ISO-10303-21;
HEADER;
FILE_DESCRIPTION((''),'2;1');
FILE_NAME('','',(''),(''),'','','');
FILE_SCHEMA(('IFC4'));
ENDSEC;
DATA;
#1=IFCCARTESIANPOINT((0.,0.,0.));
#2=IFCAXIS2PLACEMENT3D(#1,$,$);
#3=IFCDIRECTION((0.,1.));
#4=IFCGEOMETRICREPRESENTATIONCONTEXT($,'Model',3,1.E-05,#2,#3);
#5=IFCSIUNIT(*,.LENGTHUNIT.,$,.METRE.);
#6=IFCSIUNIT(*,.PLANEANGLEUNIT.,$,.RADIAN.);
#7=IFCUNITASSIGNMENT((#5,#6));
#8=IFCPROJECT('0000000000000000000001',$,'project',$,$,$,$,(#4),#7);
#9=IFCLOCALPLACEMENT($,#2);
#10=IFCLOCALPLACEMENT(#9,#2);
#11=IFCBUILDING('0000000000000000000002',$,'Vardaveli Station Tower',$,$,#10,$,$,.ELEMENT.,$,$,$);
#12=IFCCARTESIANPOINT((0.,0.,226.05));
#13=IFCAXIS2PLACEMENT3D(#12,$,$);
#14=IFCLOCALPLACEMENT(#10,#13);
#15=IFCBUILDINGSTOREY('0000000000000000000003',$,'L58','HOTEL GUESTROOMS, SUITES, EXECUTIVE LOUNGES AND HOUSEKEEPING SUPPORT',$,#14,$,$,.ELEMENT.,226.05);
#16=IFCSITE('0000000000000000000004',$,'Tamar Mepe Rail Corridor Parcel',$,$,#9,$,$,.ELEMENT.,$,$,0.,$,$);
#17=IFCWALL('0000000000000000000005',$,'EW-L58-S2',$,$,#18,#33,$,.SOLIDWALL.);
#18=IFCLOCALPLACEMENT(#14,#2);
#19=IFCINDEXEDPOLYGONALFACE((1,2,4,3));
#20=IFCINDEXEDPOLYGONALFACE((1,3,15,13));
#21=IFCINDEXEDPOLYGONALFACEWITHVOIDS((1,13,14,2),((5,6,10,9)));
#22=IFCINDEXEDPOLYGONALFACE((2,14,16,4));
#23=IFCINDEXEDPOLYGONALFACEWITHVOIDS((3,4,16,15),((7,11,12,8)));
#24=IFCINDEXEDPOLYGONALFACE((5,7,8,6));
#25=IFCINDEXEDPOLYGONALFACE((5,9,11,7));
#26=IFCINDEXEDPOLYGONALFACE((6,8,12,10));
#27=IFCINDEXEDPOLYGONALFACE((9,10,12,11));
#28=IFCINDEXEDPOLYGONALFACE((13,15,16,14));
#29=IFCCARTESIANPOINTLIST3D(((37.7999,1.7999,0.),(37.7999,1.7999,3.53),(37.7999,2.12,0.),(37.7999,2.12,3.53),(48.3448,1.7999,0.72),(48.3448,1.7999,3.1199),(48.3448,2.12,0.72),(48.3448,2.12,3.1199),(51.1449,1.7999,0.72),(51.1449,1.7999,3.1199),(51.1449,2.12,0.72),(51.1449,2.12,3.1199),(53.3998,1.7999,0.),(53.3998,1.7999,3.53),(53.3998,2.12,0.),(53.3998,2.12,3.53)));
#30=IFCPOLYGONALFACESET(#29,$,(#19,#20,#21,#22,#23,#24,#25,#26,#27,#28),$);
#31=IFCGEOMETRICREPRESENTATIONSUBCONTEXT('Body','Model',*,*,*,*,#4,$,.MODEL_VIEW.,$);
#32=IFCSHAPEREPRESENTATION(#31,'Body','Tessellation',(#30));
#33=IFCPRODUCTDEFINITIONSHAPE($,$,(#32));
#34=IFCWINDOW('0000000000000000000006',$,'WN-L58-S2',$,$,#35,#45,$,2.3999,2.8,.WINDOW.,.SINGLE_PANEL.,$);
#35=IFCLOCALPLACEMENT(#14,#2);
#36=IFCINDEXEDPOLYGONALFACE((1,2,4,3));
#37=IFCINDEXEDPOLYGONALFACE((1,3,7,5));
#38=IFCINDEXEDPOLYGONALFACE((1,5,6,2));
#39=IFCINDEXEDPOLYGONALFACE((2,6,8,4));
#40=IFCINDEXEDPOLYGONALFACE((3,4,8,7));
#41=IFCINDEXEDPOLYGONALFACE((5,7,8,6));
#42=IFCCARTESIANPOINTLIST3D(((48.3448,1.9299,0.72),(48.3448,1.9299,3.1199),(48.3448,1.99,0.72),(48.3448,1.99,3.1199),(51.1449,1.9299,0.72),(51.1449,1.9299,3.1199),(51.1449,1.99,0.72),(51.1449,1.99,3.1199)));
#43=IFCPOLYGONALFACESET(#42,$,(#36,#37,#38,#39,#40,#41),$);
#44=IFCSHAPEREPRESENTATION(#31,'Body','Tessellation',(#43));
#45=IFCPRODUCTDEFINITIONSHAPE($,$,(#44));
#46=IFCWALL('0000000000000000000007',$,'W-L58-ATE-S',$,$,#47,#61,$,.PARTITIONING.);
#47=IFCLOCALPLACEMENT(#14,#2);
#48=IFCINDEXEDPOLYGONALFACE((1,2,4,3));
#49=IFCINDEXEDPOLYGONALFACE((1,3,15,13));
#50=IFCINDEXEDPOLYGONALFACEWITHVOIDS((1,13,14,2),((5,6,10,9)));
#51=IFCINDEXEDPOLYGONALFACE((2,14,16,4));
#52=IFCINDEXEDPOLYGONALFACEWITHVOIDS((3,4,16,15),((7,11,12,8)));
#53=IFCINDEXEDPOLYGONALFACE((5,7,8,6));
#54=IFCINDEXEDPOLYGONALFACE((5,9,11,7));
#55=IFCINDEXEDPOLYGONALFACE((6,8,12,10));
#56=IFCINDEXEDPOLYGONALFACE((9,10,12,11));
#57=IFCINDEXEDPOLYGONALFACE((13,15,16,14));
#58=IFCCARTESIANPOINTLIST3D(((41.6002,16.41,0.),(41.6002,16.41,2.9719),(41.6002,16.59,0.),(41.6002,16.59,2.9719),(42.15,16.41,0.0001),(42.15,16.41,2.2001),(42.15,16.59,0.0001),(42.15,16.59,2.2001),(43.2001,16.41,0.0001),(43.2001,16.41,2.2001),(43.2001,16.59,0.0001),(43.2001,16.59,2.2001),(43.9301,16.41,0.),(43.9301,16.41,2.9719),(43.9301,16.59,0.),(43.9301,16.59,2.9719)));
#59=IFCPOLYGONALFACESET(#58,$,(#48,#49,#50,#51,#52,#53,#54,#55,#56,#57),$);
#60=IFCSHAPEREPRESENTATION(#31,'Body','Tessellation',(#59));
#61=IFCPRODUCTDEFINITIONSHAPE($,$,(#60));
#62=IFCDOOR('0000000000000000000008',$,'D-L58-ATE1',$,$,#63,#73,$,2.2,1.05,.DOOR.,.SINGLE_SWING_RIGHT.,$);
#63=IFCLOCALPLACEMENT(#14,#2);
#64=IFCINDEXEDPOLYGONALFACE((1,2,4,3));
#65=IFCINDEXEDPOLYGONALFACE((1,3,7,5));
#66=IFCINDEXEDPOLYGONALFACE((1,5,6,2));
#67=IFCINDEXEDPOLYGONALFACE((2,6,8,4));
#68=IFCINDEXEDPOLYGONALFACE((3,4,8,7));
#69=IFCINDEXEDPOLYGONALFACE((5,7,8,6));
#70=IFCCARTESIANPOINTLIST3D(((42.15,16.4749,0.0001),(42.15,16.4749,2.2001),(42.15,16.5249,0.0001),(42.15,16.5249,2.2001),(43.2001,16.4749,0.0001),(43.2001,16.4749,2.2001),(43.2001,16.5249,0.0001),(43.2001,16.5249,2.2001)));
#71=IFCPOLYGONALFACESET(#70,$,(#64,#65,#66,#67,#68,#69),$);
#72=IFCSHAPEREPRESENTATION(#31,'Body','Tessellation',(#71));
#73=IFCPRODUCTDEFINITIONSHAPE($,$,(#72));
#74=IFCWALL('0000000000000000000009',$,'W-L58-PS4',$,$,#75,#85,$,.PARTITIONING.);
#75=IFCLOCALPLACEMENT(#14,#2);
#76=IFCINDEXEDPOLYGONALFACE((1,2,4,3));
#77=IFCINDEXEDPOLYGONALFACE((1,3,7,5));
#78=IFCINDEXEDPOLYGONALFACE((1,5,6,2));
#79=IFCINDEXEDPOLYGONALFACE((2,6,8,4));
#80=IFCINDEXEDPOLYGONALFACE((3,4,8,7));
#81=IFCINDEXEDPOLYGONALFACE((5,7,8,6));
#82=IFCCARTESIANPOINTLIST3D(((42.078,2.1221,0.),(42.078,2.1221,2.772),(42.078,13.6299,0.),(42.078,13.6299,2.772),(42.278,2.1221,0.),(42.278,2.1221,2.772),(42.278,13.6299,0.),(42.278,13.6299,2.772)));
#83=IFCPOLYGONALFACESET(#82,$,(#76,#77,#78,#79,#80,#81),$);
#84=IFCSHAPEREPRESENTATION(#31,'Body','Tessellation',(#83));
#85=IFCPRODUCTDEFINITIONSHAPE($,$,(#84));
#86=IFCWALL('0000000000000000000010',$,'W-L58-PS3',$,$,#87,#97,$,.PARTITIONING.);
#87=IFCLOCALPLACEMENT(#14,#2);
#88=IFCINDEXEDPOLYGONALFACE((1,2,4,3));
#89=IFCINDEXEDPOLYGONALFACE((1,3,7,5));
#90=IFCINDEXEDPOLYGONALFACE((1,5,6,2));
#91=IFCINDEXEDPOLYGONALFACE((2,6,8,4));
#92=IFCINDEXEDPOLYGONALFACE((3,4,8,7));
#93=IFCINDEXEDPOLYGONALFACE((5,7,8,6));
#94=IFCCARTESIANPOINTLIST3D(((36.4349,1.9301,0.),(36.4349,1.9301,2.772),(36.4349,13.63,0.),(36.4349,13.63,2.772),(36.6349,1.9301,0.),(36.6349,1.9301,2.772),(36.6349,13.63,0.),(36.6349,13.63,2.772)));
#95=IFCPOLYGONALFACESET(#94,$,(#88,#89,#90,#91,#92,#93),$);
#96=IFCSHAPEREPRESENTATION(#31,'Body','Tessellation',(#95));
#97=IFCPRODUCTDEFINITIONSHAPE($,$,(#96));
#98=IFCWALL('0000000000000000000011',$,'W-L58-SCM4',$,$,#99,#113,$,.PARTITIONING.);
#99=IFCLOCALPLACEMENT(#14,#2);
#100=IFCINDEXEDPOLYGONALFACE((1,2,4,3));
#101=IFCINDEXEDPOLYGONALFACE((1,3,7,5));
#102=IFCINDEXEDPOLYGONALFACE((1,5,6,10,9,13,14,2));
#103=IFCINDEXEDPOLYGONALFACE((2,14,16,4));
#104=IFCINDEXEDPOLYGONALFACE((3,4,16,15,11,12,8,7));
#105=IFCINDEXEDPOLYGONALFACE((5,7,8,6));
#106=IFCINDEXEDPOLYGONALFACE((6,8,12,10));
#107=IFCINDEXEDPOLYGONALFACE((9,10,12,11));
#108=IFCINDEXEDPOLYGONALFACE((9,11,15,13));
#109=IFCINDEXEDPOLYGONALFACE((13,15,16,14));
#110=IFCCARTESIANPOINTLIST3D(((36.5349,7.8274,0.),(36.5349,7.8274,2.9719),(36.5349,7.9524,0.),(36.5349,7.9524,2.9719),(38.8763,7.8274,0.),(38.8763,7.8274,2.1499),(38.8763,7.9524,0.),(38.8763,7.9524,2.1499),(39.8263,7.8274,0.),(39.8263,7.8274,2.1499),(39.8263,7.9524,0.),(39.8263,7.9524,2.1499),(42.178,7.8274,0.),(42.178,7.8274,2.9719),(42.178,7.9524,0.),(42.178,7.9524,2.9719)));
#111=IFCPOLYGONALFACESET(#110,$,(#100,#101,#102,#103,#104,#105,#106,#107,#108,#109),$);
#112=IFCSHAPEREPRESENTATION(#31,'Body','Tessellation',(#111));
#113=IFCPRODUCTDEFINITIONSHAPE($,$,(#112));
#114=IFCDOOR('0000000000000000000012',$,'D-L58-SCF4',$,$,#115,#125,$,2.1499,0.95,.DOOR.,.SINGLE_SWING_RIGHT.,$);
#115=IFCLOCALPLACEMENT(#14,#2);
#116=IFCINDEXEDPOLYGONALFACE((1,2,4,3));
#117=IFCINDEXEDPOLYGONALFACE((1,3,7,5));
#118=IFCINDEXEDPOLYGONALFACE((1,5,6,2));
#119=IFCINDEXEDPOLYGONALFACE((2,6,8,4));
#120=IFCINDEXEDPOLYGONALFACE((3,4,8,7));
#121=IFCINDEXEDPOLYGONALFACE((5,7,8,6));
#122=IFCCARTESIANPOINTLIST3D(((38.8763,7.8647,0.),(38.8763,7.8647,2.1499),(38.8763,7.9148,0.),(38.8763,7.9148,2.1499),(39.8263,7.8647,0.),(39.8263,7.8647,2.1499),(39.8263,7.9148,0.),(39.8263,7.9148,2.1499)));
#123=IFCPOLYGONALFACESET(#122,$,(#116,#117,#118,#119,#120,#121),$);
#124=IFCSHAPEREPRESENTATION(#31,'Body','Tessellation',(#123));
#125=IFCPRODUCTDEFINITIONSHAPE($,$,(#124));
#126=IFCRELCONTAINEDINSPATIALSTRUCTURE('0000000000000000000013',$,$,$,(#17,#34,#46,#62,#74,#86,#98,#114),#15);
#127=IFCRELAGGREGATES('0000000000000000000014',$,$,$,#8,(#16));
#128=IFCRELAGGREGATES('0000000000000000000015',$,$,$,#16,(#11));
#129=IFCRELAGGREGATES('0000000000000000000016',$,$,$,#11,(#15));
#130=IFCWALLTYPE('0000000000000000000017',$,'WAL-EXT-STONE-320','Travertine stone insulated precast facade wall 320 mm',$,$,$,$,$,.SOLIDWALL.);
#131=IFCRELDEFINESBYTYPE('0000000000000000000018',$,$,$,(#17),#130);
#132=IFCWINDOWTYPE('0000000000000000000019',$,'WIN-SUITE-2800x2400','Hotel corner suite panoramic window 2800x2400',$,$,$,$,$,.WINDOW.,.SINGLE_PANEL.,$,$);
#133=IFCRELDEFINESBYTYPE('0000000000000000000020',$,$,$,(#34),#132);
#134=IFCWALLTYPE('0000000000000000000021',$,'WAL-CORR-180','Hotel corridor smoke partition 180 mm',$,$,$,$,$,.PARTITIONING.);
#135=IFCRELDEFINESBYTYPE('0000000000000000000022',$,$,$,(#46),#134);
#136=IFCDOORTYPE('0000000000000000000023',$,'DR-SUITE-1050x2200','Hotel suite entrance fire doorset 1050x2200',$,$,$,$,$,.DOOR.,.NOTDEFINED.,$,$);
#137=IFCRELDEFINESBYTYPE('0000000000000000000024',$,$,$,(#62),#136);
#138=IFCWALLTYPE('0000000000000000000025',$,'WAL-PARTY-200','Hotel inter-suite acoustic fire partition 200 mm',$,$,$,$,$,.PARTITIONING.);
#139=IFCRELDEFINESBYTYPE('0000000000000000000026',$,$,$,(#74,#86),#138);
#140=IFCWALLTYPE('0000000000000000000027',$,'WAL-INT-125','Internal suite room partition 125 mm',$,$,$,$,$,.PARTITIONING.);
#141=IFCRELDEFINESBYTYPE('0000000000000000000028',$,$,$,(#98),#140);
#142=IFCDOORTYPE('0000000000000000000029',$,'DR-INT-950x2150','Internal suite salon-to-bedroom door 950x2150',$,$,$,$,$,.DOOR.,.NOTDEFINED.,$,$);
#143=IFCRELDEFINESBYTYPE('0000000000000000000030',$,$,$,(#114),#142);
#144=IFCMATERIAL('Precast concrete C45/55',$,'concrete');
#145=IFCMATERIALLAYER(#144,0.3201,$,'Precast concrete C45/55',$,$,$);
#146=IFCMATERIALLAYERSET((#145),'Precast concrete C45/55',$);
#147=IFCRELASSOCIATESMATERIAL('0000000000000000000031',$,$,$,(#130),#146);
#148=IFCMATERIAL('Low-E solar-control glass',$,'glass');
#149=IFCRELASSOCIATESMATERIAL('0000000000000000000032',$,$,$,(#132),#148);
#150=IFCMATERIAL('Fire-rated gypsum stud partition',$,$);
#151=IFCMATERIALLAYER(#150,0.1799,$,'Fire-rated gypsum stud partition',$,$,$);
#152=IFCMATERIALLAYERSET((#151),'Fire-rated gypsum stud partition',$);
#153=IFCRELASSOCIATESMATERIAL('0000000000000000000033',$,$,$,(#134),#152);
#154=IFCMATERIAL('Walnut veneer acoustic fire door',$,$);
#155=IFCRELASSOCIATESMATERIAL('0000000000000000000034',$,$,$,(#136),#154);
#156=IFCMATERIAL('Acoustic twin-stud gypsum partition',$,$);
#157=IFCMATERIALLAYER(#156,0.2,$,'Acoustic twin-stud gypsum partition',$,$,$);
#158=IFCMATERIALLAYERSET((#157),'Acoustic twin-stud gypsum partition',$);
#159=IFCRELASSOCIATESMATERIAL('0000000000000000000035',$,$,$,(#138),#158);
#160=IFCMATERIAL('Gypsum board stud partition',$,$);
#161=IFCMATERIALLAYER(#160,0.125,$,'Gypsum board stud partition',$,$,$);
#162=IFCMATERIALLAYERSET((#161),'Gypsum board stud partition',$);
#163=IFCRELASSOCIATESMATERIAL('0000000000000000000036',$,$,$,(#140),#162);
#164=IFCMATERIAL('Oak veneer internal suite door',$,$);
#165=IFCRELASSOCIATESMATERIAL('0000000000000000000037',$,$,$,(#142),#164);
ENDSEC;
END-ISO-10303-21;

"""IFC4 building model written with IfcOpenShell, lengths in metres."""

from ifc_helpers import new_model, si_unit, direction, frame, frame_2d, origin, place, context, subcontext, project, spatial, rectangle, extrude, source, transform, mapped, material, layer, layer_set, type_object, element, fill, save


model = new_model("IFC4")

# Units and contexts
model_context = context("Model", 3, precision=1e-05, world=origin(), true_north=direction((0.0, 1.0)))
body_context = subcontext(model_context, "Body", "Model", "MODEL_VIEW")
ifc_project = project(units=[si_unit("LENGTHUNIT", "METRE"), si_unit("PLANEANGLEUNIT", "RADIAN")], contexts=[model_context])

# Site, building, storey
site_placement = place(None, origin())
site = spatial("IfcSite", under=ifc_project, at=site_placement, Name="Tamar Mepe Rail Corridor Parcel", CompositionType="ELEMENT", RefElevation=0.0)
building_placement = place(site_placement, origin())
building = spatial("IfcBuilding", under=site, at=building_placement, Name="Vardaveli Station Tower", CompositionType="ELEMENT")
storey_placement = place(building_placement, frame((0.0, 0.0, 226.05)))
storey = spatial("IfcBuildingStorey", under=building, at=storey_placement, Name="L58", Description="HOTEL GUESTROOMS, SUITES, EXECUTIVE LOUNGES AND HOUSEKEEPING SUPPORT", CompositionType="ELEMENT", Elevation=226.05)

# Shared definitions
ifc_material_1 = material(Name="Precast concrete C45/55", Category="concrete")

# Wall, opening, window
ifc_layer_1 = layer(ifc_material_1, 0.3201, Name="Precast concrete C45/55")
ifc_layer_set_1 = layer_set([ifc_layer_1], Name="Precast concrete C45/55")
wall_type_1 = type_object("IfcWallType", Name="WAL-EXT-STONE-320", Description="Travertine stone insulated precast facade wall 320 mm", PredefinedType="SOLIDWALL", material=ifc_layer_set_1)
shared_shape_1 = source(origin(), body_context, "Body", "SweptSolid", [
    extrude(rectangle(XDim=15.5999, YDim=0.3201, at=frame_2d((7.7998, 0.0))), origin(), (0.0, 0.0, 1.0), 3.53),
])
wall_1_placement = place(storey_placement, frame((37.8, 1.96, 0.0), z_axis=(0.0, 0.0, 1.0), x_axis=(1.0, 0.0, 0.0)))
wall_1 = element("IfcWall", 1, at=wall_1_placement, inside=storey, type_object=wall_type_1, Name="EW-L58-S2", PredefinedType="SOLIDWALL", context=body_context, shape_type="MappedRepresentation", body=[
    mapped(shared_shape_1, transform((0.0, 0.0, 0.0), scale=1.0)),
])
shared_shape_2 = source(origin(), body_context, "Body", "SweptSolid", [
    extrude(rectangle(XDim=2.8, YDim=2.3999, at=frame_2d((1.3999, 1.2))), frame((0.0, 0.1699, 0.0), z_axis=(0.0, -1.0, 0.0), x_axis=(1.0, 0.0, 0.0)), (0.0, 0.0, 1.0), 0.3401),
])
opening_1_placement = place(wall_1_placement, frame((10.5449, 0.0, 0.72)))
opening_1 = element("IfcOpeningElement", 2, at=opening_1_placement, cuts=wall_1, PredefinedType="OPENING", context=body_context, shape_type="MappedRepresentation", body=[
    mapped(shared_shape_2, transform((0.0, 0.0, 0.0), scale=1.0)),
])
ifc_material_2 = material(Name="Low-E solar-control glass", Category="glass")
window_type = type_object("IfcWindowType", Name="WIN-SUITE-2800x2400", Description="Hotel corner suite panoramic window 2800x2400", PartitioningType="SINGLE_PANEL", PredefinedType="WINDOW", material=ifc_material_2)
shared_shape_3 = source(origin(), body_context, "Body", "SweptSolid", [
    extrude(rectangle(XDim=2.8, YDim=2.3999, at=frame_2d((1.3999, 1.2))), frame((0.0, 0.03, 0.0), z_axis=(0.0, -1.0, 0.0), x_axis=(1.0, 0.0, 0.0)), (0.0, 0.0, 1.0), 0.0601),
])
window_placement = place(opening_1_placement, origin())
window = element("IfcWindow", 3, at=window_placement, inside=storey, type_object=window_type, Name="WN-L58-S2", OverallHeight=2.3999, OverallWidth=2.8, PartitioningType="SINGLE_PANEL", PredefinedType="WINDOW", context=body_context, shape_type="MappedRepresentation", body=[
    mapped(shared_shape_3, transform((0.0, 0.0, 0.0), scale=1.0)),
])
fill(opening_1, window)

# Wall, opening, door
ifc_material_3 = material(Name="Fire-rated gypsum stud partition")
ifc_layer_2 = layer(ifc_material_3, 0.1799, Name="Fire-rated gypsum stud partition")
ifc_layer_set_2 = layer_set([ifc_layer_2], Name="Fire-rated gypsum stud partition")
wall_type_2 = type_object("IfcWallType", Name="WAL-CORR-180", Description="Hotel corridor smoke partition 180 mm", PredefinedType="PARTITIONING", material=ifc_layer_set_2)
shared_shape_4 = source(origin(), body_context, "Body", "SweptSolid", [
    extrude(rectangle(XDim=2.3298, YDim=0.1799, at=frame_2d((1.165, 0.0))), origin(), (0.0, 0.0, 1.0), 2.9719),
])
wall_2_placement = place(storey_placement, frame((41.6001, 16.5, 0.0), z_axis=(0.0, 0.0, 1.0), x_axis=(1.0, 0.0, 0.0)))
wall_2 = element("IfcWall", 4, at=wall_2_placement, inside=storey, type_object=wall_type_2, Name="W-L58-ATE-S", PredefinedType="PARTITIONING", context=body_context, shape_type="MappedRepresentation", body=[
    mapped(shared_shape_4, transform((0.0, 0.0, 0.0), scale=1.0)),
])
shared_shape_5 = source(origin(), body_context, "Body", "SweptSolid", [
    extrude(rectangle(XDim=1.05, YDim=2.2, at=frame_2d((0.5249, 1.1001))), frame((0.0, 0.1001, 0.0), z_axis=(0.0, -1.0, 0.0), x_axis=(1.0, 0.0, 0.0)), (0.0, 0.0, 1.0), 0.2),
])
opening_2_placement = place(wall_2_placement, frame((0.55, 0.0, 0.0)))
opening_2 = element("IfcOpeningElement", 5, at=opening_2_placement, cuts=wall_2, PredefinedType="OPENING", context=body_context, shape_type="MappedRepresentation", body=[
    mapped(shared_shape_5, transform((0.0, 0.0, 0.0), scale=1.0)),
])
ifc_material_4 = material(Name="Walnut veneer acoustic fire door")
door_type_1 = type_object("IfcDoorType", Name="DR-SUITE-1050x2200", Description="Hotel suite entrance fire doorset 1050x2200", OperationType="NOTDEFINED", PredefinedType="DOOR", material=ifc_material_4)
shared_shape_6 = source(origin(), body_context, "Body", "SweptSolid", [
    extrude(rectangle(XDim=1.05, YDim=2.2, at=frame_2d((0.5249, 1.1001))), frame((0.0, 0.0249, 0.0), z_axis=(0.0, -1.0, 0.0), x_axis=(1.0, 0.0, 0.0)), (0.0, 0.0, 1.0), 0.05),
])
door_1_placement = place(opening_2_placement, origin())
door_1 = element("IfcDoor", 6, at=door_1_placement, inside=storey, type_object=door_type_1, Name="D-L58-ATE1", OperationType="SINGLE_SWING_RIGHT", OverallHeight=2.2, OverallWidth=1.05, PredefinedType="DOOR", context=body_context, shape_type="MappedRepresentation", body=[
    mapped(shared_shape_6, transform((0.0, 0.0, 0.0), scale=1.0)),
])
fill(opening_2, door_1)

# Walls
ifc_material_5 = material(Name="Acoustic twin-stud gypsum partition")
ifc_layer_3 = layer(ifc_material_5, 0.2, Name="Acoustic twin-stud gypsum partition")
ifc_layer_set_3 = layer_set([ifc_layer_3], Name="Acoustic twin-stud gypsum partition")
wall_type_3 = type_object("IfcWallType", Name="WAL-PARTY-200", Description="Hotel inter-suite acoustic fire partition 200 mm", PredefinedType="PARTITIONING", material=ifc_layer_set_3)
shared_shape_7 = source(origin(), body_context, "Body", "SweptSolid", [
    extrude(rectangle(XDim=11.5078, YDim=0.2, at=frame_2d((5.7539, 0.0))), origin(), (0.0, 0.0, 1.0), 2.772),
])
wall_3_placement = place(storey_placement, frame((42.178, 2.1221, 0.0), z_axis=(0.0, 0.0, 1.0), x_axis=(0.0, 1.0, 0.0)))
element("IfcWall", 7, at=wall_3_placement, inside=storey, type_object=wall_type_3, Name="W-L58-PS4", PredefinedType="PARTITIONING", context=body_context, shape_type="MappedRepresentation", body=[
    mapped(shared_shape_7, transform((0.0, 0.0, 0.0), scale=1.0)),
])
shared_shape_8 = source(origin(), body_context, "Body", "SweptSolid", [
    extrude(rectangle(XDim=11.7, YDim=0.2, at=frame_2d((5.8501, 0.0))), origin(), (0.0, 0.0, 1.0), 2.772),
])
wall_4_placement = place(storey_placement, frame((36.5349, 1.9299, 0.0), z_axis=(0.0, 0.0, 1.0), x_axis=(0.0, 1.0, 0.0)))
element("IfcWall", 8, at=wall_4_placement, inside=storey, type_object=wall_type_3, Name="W-L58-PS3", PredefinedType="PARTITIONING", context=body_context, shape_type="MappedRepresentation", body=[
    mapped(shared_shape_8, transform((0.0, 0.0, 0.0), scale=1.0)),
])

# Wall, opening, door
ifc_material_6 = material(Name="Gypsum board stud partition")
ifc_layer_4 = layer(ifc_material_6, 0.125, Name="Gypsum board stud partition")
ifc_layer_set_4 = layer_set([ifc_layer_4], Name="Gypsum board stud partition")
wall_type_4 = type_object("IfcWallType", Name="WAL-INT-125", Description="Internal suite room partition 125 mm", PredefinedType="PARTITIONING", material=ifc_layer_set_4)
shared_shape_9 = source(origin(), body_context, "Body", "SweptSolid", [
    extrude(rectangle(XDim=5.6431, YDim=0.125, at=frame_2d((2.8215, 0.0))), origin(), (0.0, 0.0, 1.0), 2.9719),
])
wall_5_placement = place(storey_placement, frame((36.5349, 7.8899, 0.0), z_axis=(0.0, 0.0, 1.0), x_axis=(1.0, 0.0, 0.0)))
wall_5 = element("IfcWall", 9, at=wall_5_placement, inside=storey, type_object=wall_type_4, Name="W-L58-SCM4", PredefinedType="PARTITIONING", context=body_context, shape_type="MappedRepresentation", body=[
    mapped(shared_shape_9, transform((0.0, 0.0, 0.0), scale=1.0)),
])
shared_shape_10 = source(origin(), body_context, "Body", "SweptSolid", [
    extrude(rectangle(XDim=0.95, YDim=2.1499, at=frame_2d((0.4751, 1.075))), frame((0.0, 0.0725, 0.0), z_axis=(0.0, -1.0, 0.0), x_axis=(1.0, 0.0, 0.0)), (0.0, 0.0, 1.0), 0.145),
])
opening_3_placement = place(wall_5_placement, frame((2.3413, 0.0, 0.0)))
opening_3 = element("IfcOpeningElement", 10, at=opening_3_placement, cuts=wall_5, PredefinedType="OPENING", context=body_context, shape_type="MappedRepresentation", body=[
    mapped(shared_shape_10, transform((0.0, 0.0, 0.0), scale=1.0)),
])
ifc_material_7 = material(Name="Oak veneer internal suite door")
door_type_2 = type_object("IfcDoorType", Name="DR-INT-950x2150", Description="Internal suite salon-to-bedroom door 950x2150", OperationType="NOTDEFINED", PredefinedType="DOOR", material=ifc_material_7)
shared_shape_11 = source(origin(), body_context, "Body", "SweptSolid", [
    extrude(rectangle(XDim=0.95, YDim=2.1499, at=frame_2d((0.4751, 1.075))), frame((0.0, 0.0249, 0.0), z_axis=(0.0, -1.0, 0.0), x_axis=(1.0, 0.0, 0.0)), (0.0, 0.0, 1.0), 0.05),
])
door_2_placement = place(opening_3_placement, origin())
door_2 = element("IfcDoor", 11, at=door_2_placement, inside=storey, type_object=door_type_2, Name="D-L58-SCF4", OperationType="SINGLE_SWING_RIGHT", OverallHeight=2.1499, OverallWidth=0.95, PredefinedType="DOOR", context=body_context, shape_type="MappedRepresentation", body=[
    mapped(shared_shape_11, transform((0.0, 0.0, 0.0), scale=1.0)),
])
fill(opening_3, door_2)

save(model, "model.ifc")
